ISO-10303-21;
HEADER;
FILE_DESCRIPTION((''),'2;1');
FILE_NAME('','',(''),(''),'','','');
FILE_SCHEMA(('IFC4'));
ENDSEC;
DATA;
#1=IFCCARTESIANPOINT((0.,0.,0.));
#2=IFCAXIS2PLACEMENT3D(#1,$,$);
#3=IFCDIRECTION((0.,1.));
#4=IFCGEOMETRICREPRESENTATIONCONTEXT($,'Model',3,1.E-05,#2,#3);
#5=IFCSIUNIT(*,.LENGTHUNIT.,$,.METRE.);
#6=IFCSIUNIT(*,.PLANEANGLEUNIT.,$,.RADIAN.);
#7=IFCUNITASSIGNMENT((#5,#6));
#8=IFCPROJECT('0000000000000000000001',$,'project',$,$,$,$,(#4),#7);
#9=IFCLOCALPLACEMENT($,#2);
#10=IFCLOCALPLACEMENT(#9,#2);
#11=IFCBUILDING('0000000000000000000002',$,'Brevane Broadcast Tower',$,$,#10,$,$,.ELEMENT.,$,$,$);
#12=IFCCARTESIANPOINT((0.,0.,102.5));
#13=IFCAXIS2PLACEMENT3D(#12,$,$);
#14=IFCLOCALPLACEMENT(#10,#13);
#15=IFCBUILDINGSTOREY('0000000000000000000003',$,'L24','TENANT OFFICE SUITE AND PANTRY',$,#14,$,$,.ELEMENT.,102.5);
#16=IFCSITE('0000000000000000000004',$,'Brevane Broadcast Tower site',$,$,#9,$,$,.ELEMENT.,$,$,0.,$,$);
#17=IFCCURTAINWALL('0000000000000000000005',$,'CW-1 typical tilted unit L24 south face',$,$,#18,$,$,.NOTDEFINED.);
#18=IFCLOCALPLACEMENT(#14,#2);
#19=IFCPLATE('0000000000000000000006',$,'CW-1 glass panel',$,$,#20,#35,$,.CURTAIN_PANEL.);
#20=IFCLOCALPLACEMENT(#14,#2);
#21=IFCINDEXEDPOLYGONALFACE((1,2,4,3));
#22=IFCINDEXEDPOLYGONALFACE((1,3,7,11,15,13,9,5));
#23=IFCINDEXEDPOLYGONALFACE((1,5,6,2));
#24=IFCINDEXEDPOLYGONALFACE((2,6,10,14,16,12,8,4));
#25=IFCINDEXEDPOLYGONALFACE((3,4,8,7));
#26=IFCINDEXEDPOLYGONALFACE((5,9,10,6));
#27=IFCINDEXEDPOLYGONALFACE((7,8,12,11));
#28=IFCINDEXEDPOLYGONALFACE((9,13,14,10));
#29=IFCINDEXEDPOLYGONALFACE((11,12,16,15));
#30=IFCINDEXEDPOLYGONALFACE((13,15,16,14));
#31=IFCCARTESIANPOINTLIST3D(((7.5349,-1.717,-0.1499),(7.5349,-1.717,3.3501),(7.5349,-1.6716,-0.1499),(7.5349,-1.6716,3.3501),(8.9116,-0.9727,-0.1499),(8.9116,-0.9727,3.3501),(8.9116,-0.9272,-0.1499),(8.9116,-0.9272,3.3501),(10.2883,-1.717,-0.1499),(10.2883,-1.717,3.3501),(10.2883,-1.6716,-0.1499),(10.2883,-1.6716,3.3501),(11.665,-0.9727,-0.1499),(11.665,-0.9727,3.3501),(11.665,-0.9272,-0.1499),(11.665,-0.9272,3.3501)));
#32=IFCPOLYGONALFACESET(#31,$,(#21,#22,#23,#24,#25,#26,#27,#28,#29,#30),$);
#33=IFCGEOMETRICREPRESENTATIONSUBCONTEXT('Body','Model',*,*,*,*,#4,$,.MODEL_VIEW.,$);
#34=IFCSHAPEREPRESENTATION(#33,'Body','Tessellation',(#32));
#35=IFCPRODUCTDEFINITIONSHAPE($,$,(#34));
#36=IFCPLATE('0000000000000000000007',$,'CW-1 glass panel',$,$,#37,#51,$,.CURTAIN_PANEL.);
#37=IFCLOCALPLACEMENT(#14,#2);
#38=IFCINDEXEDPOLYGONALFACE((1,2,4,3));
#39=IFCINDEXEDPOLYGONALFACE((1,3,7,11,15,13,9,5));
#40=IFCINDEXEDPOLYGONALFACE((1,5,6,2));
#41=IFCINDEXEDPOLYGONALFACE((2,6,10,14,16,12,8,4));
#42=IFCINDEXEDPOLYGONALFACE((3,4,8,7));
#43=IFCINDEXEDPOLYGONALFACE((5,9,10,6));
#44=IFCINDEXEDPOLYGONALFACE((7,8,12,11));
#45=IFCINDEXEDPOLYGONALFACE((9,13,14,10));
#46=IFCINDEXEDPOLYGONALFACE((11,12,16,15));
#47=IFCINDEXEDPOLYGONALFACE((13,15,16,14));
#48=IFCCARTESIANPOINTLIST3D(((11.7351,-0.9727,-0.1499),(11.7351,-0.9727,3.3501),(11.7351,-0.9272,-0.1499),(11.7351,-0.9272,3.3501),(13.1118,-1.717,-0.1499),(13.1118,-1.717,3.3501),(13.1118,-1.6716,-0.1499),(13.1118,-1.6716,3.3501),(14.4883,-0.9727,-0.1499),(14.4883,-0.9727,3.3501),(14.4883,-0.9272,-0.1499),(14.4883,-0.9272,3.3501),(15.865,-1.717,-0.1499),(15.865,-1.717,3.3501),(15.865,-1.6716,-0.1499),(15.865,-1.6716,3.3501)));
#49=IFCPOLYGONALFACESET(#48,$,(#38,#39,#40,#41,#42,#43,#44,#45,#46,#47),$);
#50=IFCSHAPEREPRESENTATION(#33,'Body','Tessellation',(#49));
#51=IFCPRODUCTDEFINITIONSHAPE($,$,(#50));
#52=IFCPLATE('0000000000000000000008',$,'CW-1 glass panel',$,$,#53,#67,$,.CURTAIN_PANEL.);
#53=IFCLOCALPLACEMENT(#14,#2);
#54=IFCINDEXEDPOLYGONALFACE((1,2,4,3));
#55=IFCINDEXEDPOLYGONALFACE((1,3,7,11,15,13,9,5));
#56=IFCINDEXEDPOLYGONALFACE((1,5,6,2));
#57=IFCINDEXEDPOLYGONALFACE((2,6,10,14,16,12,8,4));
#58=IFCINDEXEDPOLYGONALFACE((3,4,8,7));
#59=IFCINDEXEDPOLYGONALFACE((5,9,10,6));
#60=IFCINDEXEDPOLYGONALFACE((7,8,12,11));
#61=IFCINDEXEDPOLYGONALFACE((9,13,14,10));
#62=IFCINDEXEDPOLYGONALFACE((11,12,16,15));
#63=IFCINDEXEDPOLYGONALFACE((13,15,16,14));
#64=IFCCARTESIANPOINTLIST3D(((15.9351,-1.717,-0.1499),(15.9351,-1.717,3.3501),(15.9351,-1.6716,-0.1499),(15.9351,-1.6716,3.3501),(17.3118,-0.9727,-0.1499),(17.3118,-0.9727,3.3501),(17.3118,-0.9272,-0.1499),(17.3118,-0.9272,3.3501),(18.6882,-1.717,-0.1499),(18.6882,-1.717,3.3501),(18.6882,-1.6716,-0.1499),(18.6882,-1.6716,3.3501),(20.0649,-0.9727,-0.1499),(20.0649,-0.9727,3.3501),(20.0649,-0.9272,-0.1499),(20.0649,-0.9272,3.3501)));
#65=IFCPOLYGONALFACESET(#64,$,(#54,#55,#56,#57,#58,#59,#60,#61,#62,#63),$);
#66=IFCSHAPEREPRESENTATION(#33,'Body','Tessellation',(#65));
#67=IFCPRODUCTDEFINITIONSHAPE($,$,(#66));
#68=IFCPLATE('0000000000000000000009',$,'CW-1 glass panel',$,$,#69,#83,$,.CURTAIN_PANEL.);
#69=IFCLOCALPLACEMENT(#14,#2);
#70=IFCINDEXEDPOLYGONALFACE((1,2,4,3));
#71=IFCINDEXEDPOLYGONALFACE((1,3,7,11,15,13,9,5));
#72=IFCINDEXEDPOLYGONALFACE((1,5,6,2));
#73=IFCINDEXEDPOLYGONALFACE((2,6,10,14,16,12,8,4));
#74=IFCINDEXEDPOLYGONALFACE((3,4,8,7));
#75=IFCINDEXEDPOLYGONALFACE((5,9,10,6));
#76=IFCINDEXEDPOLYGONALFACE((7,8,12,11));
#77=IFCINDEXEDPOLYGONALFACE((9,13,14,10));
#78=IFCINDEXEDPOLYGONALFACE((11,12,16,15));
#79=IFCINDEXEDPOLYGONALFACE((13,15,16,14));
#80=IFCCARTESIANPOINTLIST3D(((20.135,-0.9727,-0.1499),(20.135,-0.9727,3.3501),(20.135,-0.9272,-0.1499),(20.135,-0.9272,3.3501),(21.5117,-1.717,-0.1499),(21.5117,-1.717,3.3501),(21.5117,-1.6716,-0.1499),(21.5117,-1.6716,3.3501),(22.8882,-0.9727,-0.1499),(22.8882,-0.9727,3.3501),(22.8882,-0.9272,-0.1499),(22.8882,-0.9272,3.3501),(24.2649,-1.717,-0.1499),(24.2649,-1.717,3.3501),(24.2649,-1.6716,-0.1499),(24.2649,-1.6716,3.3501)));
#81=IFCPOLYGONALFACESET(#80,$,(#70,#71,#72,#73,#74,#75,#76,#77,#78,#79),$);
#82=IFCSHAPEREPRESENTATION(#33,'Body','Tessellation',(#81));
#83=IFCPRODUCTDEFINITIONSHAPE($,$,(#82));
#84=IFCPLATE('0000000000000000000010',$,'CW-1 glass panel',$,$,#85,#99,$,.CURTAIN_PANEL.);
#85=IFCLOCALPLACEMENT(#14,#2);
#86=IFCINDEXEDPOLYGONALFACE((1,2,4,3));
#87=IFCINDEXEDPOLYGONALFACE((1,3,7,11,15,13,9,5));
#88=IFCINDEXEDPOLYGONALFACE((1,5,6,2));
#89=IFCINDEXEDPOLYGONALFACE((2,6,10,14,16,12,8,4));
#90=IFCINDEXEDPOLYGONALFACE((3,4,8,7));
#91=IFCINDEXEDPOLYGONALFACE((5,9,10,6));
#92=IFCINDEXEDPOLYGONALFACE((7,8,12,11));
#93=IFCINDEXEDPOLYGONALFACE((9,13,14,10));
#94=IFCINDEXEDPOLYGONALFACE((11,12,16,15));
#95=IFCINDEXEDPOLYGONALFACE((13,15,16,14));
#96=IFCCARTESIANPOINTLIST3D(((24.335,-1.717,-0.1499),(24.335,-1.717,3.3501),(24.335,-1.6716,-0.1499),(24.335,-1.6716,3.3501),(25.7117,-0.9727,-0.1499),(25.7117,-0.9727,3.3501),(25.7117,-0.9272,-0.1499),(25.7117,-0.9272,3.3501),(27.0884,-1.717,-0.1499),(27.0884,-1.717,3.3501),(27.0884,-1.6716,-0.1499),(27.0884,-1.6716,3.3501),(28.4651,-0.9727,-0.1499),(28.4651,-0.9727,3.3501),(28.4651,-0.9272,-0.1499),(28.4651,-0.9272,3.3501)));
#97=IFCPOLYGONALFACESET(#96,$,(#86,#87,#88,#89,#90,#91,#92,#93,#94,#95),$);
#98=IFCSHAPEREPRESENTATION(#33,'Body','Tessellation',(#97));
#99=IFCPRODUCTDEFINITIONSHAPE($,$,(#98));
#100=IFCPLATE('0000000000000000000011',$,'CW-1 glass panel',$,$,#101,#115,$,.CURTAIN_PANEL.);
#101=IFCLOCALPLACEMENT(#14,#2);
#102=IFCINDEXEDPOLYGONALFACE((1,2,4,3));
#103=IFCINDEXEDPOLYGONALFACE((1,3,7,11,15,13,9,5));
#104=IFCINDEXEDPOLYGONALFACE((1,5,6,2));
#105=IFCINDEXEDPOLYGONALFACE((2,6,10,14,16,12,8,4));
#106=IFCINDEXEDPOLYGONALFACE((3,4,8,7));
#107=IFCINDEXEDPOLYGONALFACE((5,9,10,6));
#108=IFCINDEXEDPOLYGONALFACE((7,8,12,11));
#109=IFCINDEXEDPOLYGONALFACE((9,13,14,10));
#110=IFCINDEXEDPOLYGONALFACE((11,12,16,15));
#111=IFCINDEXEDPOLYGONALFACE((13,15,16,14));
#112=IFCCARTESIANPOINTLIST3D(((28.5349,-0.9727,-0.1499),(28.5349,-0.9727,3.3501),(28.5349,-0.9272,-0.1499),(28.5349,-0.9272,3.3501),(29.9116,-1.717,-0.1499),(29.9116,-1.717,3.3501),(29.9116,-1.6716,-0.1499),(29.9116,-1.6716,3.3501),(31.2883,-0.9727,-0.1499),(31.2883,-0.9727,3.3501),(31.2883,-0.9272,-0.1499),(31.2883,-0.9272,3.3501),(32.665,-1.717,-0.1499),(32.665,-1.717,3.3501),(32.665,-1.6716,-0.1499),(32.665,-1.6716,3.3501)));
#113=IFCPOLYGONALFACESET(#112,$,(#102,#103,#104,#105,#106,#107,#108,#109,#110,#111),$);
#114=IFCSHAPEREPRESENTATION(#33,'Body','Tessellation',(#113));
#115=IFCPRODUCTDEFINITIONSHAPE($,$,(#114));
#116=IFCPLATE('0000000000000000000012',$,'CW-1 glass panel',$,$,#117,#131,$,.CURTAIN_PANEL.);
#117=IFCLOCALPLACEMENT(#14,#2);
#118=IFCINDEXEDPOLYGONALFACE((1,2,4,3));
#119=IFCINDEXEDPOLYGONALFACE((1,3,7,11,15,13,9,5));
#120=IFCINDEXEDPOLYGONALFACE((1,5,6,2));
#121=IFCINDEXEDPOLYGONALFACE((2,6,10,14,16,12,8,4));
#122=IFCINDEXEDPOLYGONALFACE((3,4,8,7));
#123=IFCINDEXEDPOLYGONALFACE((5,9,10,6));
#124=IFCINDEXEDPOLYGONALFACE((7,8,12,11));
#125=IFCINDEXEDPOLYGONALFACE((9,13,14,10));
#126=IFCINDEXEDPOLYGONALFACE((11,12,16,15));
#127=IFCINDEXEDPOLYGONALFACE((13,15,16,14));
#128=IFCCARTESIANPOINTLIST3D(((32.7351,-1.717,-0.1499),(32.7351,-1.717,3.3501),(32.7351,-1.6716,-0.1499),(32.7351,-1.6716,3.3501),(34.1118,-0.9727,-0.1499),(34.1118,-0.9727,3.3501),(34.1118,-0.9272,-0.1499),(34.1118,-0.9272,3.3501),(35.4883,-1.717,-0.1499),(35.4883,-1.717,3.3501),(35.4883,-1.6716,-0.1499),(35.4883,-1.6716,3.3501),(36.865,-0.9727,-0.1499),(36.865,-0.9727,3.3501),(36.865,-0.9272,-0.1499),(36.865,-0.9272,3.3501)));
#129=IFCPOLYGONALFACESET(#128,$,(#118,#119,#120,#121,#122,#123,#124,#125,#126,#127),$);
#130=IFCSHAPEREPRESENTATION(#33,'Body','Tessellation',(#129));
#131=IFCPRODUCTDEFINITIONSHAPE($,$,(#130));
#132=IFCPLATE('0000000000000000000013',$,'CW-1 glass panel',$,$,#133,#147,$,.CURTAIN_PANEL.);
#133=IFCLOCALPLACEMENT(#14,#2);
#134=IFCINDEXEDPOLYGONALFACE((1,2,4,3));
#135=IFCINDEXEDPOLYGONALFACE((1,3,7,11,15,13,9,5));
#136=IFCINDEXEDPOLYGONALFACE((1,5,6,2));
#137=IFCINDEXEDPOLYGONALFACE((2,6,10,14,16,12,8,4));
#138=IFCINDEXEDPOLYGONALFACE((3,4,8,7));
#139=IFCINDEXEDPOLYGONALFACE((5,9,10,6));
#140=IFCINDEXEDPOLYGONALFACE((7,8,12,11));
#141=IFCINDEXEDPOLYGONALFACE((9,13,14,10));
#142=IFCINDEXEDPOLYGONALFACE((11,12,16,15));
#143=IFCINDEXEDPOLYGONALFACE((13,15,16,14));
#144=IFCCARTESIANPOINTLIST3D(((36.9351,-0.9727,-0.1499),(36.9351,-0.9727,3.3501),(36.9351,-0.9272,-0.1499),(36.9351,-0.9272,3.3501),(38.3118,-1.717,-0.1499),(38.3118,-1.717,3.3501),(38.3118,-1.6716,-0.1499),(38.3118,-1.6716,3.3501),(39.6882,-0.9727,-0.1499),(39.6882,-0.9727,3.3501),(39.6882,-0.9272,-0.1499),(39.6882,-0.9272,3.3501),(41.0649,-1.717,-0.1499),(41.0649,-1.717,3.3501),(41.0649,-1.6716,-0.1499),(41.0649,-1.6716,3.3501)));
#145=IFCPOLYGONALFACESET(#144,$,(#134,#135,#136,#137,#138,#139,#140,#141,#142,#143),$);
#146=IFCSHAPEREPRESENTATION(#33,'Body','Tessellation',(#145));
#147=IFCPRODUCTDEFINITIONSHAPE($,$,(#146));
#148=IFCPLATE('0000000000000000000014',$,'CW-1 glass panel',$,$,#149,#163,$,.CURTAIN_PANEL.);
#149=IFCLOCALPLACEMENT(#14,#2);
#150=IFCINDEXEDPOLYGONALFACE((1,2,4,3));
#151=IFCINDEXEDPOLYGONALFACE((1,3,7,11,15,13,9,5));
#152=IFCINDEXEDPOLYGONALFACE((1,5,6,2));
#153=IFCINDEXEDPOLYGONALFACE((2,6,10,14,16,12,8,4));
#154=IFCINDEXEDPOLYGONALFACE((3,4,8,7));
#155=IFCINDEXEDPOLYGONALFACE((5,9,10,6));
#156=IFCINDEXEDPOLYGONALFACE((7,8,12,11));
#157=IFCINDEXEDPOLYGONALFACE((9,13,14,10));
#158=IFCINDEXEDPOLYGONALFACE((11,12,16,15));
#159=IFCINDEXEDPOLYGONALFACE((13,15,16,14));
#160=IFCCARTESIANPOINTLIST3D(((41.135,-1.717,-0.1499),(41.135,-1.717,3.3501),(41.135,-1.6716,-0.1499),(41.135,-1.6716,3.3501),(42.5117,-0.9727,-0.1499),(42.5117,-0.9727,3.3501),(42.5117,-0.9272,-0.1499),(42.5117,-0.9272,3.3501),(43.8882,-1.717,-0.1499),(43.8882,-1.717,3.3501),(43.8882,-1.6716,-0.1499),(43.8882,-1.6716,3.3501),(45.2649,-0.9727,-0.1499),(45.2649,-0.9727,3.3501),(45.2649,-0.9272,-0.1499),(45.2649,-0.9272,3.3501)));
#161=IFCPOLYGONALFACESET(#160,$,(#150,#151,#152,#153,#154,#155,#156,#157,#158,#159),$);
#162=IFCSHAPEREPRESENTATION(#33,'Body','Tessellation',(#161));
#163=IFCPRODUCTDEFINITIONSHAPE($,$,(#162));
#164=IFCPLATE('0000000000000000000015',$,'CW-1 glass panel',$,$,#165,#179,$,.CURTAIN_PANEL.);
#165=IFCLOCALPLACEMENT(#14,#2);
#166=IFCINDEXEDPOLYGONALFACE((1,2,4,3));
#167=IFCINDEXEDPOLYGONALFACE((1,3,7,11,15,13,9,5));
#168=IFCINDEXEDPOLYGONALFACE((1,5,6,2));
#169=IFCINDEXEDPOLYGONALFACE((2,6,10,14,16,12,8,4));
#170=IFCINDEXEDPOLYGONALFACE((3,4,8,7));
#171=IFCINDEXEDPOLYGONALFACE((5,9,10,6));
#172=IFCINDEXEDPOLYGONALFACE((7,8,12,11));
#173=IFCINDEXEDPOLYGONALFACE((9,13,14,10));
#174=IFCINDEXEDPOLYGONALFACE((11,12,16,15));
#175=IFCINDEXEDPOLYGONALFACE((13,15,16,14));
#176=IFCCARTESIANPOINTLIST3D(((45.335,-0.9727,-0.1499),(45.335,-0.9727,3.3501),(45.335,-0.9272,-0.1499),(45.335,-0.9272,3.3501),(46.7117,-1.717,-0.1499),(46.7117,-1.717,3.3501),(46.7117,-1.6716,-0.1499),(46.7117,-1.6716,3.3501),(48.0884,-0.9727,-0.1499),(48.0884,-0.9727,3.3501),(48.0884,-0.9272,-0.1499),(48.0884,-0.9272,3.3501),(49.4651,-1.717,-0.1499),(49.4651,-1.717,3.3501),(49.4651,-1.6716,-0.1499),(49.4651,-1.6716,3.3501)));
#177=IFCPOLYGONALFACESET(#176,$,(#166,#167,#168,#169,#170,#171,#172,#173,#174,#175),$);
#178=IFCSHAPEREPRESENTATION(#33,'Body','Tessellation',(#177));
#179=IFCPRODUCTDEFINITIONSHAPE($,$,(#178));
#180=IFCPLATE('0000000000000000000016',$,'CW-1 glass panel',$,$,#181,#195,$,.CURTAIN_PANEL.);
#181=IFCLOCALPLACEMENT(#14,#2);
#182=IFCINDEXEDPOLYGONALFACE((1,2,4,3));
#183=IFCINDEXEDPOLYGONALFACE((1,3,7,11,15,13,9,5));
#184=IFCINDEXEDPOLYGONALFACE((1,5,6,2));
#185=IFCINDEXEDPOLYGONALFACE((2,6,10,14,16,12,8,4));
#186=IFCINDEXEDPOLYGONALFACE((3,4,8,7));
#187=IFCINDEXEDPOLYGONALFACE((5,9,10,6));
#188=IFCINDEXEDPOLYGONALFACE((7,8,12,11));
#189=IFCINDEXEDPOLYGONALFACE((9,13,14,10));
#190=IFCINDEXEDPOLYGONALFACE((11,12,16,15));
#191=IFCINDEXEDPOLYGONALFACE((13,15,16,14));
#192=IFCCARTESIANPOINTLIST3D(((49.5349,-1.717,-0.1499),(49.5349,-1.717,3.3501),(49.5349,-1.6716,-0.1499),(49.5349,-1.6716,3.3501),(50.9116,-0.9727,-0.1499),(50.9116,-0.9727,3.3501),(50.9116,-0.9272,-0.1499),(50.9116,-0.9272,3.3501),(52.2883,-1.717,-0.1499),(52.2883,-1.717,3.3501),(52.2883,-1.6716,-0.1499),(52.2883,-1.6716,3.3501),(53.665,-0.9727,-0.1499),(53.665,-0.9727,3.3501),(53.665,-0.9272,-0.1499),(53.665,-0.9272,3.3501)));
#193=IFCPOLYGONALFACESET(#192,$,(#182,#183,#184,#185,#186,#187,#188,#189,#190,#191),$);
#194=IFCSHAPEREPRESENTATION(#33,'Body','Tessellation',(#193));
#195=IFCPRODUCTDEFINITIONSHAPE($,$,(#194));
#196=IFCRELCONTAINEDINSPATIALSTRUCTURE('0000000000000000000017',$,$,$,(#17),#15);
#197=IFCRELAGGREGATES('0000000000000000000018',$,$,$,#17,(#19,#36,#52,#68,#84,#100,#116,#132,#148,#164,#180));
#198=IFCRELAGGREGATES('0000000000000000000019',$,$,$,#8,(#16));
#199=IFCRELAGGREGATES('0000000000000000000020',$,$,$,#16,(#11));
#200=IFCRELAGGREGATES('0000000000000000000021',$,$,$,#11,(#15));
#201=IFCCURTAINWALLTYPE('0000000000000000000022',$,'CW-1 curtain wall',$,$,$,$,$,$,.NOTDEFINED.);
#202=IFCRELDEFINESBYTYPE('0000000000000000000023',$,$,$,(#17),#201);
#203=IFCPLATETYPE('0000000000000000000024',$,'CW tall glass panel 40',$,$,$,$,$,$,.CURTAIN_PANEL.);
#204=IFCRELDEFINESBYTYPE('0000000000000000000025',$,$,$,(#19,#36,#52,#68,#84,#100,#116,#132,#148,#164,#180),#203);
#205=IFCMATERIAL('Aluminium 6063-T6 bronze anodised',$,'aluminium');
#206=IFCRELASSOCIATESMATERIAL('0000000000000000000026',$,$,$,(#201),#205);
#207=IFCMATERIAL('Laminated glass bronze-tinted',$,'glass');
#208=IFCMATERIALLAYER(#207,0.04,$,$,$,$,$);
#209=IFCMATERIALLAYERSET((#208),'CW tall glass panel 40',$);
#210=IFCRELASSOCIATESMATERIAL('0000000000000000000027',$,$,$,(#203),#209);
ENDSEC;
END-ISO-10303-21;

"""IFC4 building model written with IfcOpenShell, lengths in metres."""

from ifc_helpers import new_model, si_unit, direction, frame, origin, place, context, subcontext, project, spatial, polyline, outline, extrude, material, layer, layer_set, type_object, element, aggregate, save


model = new_model("IFC4")

# Units and contexts
model_context = context("Model", 3, precision=1e-05, world=origin(), true_north=direction((0.0, 1.0)))
body_context = subcontext(model_context, "Body", "Model", "MODEL_VIEW")
ifc_project = project(units=[si_unit("LENGTHUNIT", "METRE"), si_unit("PLANEANGLEUNIT", "RADIAN")], contexts=[model_context])

# Site, building, storey
site_placement = place(None, origin())
site = spatial("IfcSite", under=ifc_project, at=site_placement, Name="Brevane Broadcast Tower site", CompositionType="ELEMENT", RefElevation=0.0)
building_placement = place(site_placement, origin())
building = spatial("IfcBuilding", under=site, at=building_placement, Name="Brevane Broadcast Tower", CompositionType="ELEMENT")
storey_placement = place(building_placement, frame((0.0, 0.0, 102.5)))
storey = spatial("IfcBuildingStorey", under=building, at=storey_placement, Name="L24", Description="TENANT OFFICE SUITE AND PANTRY", CompositionType="ELEMENT", Elevation=102.5)

# Curtain wall, plates
ifc_material_1 = material(Name="Aluminium 6063-T6 bronze anodised", Category="aluminium")
curtain_wall_type = type_object("IfcCurtainWallType", Name="CW-1 curtain wall", PredefinedType="NOTDEFINED", material=ifc_material_1)
curtain_wall_1_placement = place(storey_placement, origin())
curtain_wall_1 = element("IfcCurtainWall", 1, at=curtain_wall_1_placement, inside=storey, type_object=curtain_wall_type, Name="CW-1 typical tilted unit L24 south face", PredefinedType="NOTDEFINED")
ifc_material_2 = material(Name="Laminated glass bronze-tinted", Category="glass")
ifc_layer = layer(ifc_material_2, 0.04)
ifc_layer_set = layer_set([ifc_layer], Name="CW tall glass panel 40")
plate_type = type_object("IfcPlateType", Name="CW tall glass panel 40", PredefinedType="CURTAIN_PANEL", material=ifc_layer_set)
plate_1_placement = place(storey_placement, frame((0.0, 0.0, -0.1499)))
plate_1 = element("IfcPlate", 2, at=plate_1_placement, type_object=plate_type, Name="CW-1 glass panel", PredefinedType="CURTAIN_PANEL", context=body_context, shape_type="SweptSolid", body=[
    extrude(outline(polyline([(7.5349, -1.6716), (7.5349, -1.717), (8.9116, -0.9727), (10.2883, -1.717), (11.665, -0.9727), (11.665, -0.9272), (10.2883, -1.6716), (8.9116, -0.9272), (7.5349, -1.6716)])), origin(), (0.0, 0.0, 1.0), 3.5),
])
plate_2_placement = place(storey_placement, frame((0.0, 0.0, -0.1499)))
plate_2 = element("IfcPlate", 3, at=plate_2_placement, type_object=plate_type, Name="CW-1 glass panel", PredefinedType="CURTAIN_PANEL", context=body_context, shape_type="SweptSolid", body=[
    extrude(outline(polyline([(11.7351, -0.9272), (11.7351, -0.9727), (13.1118, -1.717), (14.4883, -0.9727), (15.865, -1.717), (15.865, -1.6716), (14.4883, -0.9272), (13.1118, -1.6716), (11.7351, -0.9272)])), origin(), (0.0, 0.0, 1.0), 3.5),
])
plate_3_placement = place(storey_placement, frame((0.0, 0.0, -0.1499)))
plate_3 = element("IfcPlate", 4, at=plate_3_placement, type_object=plate_type, Name="CW-1 glass panel", PredefinedType="CURTAIN_PANEL", context=body_context, shape_type="SweptSolid", body=[
    extrude(outline(polyline([(15.9351, -1.6716), (15.9351, -1.717), (17.3118, -0.9727), (18.6882, -1.717), (20.0649, -0.9727), (20.0649, -0.9272), (18.6882, -1.6716), (17.3118, -0.9272), (15.9351, -1.6716)])), origin(), (0.0, 0.0, 1.0), 3.5),
])
plate_4_placement = place(storey_placement, frame((0.0, 0.0, -0.1499)))
plate_4 = element("IfcPlate", 5, at=plate_4_placement, type_object=plate_type, Name="CW-1 glass panel", PredefinedType="CURTAIN_PANEL", context=body_context, shape_type="SweptSolid", body=[
    extrude(outline(polyline([(20.135, -0.9272), (20.135, -0.9727), (21.5117, -1.717), (22.8882, -0.9727), (24.2649, -1.717), (24.2649, -1.6716), (22.8882, -0.9272), (21.5117, -1.6716), (20.135, -0.9272)])), origin(), (0.0, 0.0, 1.0), 3.5),
])
plate_5_placement = place(storey_placement, frame((0.0, 0.0, -0.1499)))
plate_5 = element("IfcPlate", 6, at=plate_5_placement, type_object=plate_type, Name="CW-1 glass panel", PredefinedType="CURTAIN_PANEL", context=body_context, shape_type="SweptSolid", body=[
    extrude(outline(polyline([(24.335, -1.6716), (24.335, -1.717), (25.7117, -0.9727), (27.0884, -1.717), (28.4651, -0.9727), (28.4651, -0.9272), (27.0884, -1.6716), (25.7117, -0.9272), (24.335, -1.6716)])), origin(), (0.0, 0.0, 1.0), 3.5),
])
plate_6_placement = place(storey_placement, frame((0.0, 0.0, -0.1499)))
plate_6 = element("IfcPlate", 7, at=plate_6_placement, type_object=plate_type, Name="CW-1 glass panel", PredefinedType="CURTAIN_PANEL", context=body_context, shape_type="SweptSolid", body=[
    extrude(outline(polyline([(28.5349, -0.9272), (28.5349, -0.9727), (29.9116, -1.717), (31.2883, -0.9727), (32.665, -1.717), (32.665, -1.6716), (31.2883, -0.9272), (29.9116, -1.6716), (28.5349, -0.9272)])), origin(), (0.0, 0.0, 1.0), 3.5),
])
plate_7_placement = place(storey_placement, frame((0.0, 0.0, -0.1499)))
plate_7 = element("IfcPlate", 8, at=plate_7_placement, type_object=plate_type, Name="CW-1 glass panel", PredefinedType="CURTAIN_PANEL", context=body_context, shape_type="SweptSolid", body=[
    extrude(outline(polyline([(32.7351, -1.6716), (32.7351, -1.717), (34.1118, -0.9727), (35.4883, -1.717), (36.865, -0.9727), (36.865, -0.9272), (35.4883, -1.6716), (34.1118, -0.9272), (32.7351, -1.6716)])), origin(), (0.0, 0.0, 1.0), 3.5),
])
plate_8_placement = place(storey_placement, frame((0.0, 0.0, -0.1499)))
plate_8 = element("IfcPlate", 9, at=plate_8_placement, type_object=plate_type, Name="CW-1 glass panel", PredefinedType="CURTAIN_PANEL", context=body_context, shape_type="SweptSolid", body=[
    extrude(outline(polyline([(36.9351, -0.9272), (36.9351, -0.9727), (38.3118, -1.717), (39.6882, -0.9727), (41.0649, -1.717), (41.0649, -1.6716), (39.6882, -0.9272), (38.3118, -1.6716), (36.9351, -0.9272)])), origin(), (0.0, 0.0, 1.0), 3.5),
])
plate_9_placement = place(storey_placement, frame((0.0, 0.0, -0.1499)))
plate_9 = element("IfcPlate", 10, at=plate_9_placement, type_object=plate_type, Name="CW-1 glass panel", PredefinedType="CURTAIN_PANEL", context=body_context, shape_type="SweptSolid", body=[
    extrude(outline(polyline([(41.135, -1.6716), (41.135, -1.717), (42.5117, -0.9727), (43.8882, -1.717), (45.2649, -0.9727), (45.2649, -0.9272), (43.8882, -1.6716), (42.5117, -0.9272), (41.135, -1.6716)])), origin(), (0.0, 0.0, 1.0), 3.5),
])
plate_10_placement = place(storey_placement, frame((0.0, 0.0, -0.1499)))
plate_10 = element("IfcPlate", 11, at=plate_10_placement, type_object=plate_type, Name="CW-1 glass panel", PredefinedType="CURTAIN_PANEL", context=body_context, shape_type="SweptSolid", body=[
    extrude(outline(polyline([(45.335, -0.9272), (45.335, -0.9727), (46.7117, -1.717), (48.0884, -0.9727), (49.4651, -1.717), (49.4651, -1.6716), (48.0884, -0.9272), (46.7117, -1.6716), (45.335, -0.9272)])), origin(), (0.0, 0.0, 1.0), 3.5),
])
plate_11_placement = place(storey_placement, frame((0.0, 0.0, -0.1499)))
plate_11 = element("IfcPlate", 12, at=plate_11_placement, type_object=plate_type, Name="CW-1 glass panel", PredefinedType="CURTAIN_PANEL", context=body_context, shape_type="SweptSolid", body=[
    extrude(outline(polyline([(49.5349, -1.6716), (49.5349, -1.717), (50.9116, -0.9727), (52.2883, -1.717), (53.665, -0.9727), (53.665, -0.9272), (52.2883, -1.6716), (50.9116, -0.9272), (49.5349, -1.6716)])), origin(), (0.0, 0.0, 1.0), 3.5),
])
aggregate(curtain_wall_1, [plate_1, plate_2, plate_3, plate_4, plate_5, plate_6, plate_7, plate_8, plate_9, plate_10, plate_11])

save(model, "model.ifc")
